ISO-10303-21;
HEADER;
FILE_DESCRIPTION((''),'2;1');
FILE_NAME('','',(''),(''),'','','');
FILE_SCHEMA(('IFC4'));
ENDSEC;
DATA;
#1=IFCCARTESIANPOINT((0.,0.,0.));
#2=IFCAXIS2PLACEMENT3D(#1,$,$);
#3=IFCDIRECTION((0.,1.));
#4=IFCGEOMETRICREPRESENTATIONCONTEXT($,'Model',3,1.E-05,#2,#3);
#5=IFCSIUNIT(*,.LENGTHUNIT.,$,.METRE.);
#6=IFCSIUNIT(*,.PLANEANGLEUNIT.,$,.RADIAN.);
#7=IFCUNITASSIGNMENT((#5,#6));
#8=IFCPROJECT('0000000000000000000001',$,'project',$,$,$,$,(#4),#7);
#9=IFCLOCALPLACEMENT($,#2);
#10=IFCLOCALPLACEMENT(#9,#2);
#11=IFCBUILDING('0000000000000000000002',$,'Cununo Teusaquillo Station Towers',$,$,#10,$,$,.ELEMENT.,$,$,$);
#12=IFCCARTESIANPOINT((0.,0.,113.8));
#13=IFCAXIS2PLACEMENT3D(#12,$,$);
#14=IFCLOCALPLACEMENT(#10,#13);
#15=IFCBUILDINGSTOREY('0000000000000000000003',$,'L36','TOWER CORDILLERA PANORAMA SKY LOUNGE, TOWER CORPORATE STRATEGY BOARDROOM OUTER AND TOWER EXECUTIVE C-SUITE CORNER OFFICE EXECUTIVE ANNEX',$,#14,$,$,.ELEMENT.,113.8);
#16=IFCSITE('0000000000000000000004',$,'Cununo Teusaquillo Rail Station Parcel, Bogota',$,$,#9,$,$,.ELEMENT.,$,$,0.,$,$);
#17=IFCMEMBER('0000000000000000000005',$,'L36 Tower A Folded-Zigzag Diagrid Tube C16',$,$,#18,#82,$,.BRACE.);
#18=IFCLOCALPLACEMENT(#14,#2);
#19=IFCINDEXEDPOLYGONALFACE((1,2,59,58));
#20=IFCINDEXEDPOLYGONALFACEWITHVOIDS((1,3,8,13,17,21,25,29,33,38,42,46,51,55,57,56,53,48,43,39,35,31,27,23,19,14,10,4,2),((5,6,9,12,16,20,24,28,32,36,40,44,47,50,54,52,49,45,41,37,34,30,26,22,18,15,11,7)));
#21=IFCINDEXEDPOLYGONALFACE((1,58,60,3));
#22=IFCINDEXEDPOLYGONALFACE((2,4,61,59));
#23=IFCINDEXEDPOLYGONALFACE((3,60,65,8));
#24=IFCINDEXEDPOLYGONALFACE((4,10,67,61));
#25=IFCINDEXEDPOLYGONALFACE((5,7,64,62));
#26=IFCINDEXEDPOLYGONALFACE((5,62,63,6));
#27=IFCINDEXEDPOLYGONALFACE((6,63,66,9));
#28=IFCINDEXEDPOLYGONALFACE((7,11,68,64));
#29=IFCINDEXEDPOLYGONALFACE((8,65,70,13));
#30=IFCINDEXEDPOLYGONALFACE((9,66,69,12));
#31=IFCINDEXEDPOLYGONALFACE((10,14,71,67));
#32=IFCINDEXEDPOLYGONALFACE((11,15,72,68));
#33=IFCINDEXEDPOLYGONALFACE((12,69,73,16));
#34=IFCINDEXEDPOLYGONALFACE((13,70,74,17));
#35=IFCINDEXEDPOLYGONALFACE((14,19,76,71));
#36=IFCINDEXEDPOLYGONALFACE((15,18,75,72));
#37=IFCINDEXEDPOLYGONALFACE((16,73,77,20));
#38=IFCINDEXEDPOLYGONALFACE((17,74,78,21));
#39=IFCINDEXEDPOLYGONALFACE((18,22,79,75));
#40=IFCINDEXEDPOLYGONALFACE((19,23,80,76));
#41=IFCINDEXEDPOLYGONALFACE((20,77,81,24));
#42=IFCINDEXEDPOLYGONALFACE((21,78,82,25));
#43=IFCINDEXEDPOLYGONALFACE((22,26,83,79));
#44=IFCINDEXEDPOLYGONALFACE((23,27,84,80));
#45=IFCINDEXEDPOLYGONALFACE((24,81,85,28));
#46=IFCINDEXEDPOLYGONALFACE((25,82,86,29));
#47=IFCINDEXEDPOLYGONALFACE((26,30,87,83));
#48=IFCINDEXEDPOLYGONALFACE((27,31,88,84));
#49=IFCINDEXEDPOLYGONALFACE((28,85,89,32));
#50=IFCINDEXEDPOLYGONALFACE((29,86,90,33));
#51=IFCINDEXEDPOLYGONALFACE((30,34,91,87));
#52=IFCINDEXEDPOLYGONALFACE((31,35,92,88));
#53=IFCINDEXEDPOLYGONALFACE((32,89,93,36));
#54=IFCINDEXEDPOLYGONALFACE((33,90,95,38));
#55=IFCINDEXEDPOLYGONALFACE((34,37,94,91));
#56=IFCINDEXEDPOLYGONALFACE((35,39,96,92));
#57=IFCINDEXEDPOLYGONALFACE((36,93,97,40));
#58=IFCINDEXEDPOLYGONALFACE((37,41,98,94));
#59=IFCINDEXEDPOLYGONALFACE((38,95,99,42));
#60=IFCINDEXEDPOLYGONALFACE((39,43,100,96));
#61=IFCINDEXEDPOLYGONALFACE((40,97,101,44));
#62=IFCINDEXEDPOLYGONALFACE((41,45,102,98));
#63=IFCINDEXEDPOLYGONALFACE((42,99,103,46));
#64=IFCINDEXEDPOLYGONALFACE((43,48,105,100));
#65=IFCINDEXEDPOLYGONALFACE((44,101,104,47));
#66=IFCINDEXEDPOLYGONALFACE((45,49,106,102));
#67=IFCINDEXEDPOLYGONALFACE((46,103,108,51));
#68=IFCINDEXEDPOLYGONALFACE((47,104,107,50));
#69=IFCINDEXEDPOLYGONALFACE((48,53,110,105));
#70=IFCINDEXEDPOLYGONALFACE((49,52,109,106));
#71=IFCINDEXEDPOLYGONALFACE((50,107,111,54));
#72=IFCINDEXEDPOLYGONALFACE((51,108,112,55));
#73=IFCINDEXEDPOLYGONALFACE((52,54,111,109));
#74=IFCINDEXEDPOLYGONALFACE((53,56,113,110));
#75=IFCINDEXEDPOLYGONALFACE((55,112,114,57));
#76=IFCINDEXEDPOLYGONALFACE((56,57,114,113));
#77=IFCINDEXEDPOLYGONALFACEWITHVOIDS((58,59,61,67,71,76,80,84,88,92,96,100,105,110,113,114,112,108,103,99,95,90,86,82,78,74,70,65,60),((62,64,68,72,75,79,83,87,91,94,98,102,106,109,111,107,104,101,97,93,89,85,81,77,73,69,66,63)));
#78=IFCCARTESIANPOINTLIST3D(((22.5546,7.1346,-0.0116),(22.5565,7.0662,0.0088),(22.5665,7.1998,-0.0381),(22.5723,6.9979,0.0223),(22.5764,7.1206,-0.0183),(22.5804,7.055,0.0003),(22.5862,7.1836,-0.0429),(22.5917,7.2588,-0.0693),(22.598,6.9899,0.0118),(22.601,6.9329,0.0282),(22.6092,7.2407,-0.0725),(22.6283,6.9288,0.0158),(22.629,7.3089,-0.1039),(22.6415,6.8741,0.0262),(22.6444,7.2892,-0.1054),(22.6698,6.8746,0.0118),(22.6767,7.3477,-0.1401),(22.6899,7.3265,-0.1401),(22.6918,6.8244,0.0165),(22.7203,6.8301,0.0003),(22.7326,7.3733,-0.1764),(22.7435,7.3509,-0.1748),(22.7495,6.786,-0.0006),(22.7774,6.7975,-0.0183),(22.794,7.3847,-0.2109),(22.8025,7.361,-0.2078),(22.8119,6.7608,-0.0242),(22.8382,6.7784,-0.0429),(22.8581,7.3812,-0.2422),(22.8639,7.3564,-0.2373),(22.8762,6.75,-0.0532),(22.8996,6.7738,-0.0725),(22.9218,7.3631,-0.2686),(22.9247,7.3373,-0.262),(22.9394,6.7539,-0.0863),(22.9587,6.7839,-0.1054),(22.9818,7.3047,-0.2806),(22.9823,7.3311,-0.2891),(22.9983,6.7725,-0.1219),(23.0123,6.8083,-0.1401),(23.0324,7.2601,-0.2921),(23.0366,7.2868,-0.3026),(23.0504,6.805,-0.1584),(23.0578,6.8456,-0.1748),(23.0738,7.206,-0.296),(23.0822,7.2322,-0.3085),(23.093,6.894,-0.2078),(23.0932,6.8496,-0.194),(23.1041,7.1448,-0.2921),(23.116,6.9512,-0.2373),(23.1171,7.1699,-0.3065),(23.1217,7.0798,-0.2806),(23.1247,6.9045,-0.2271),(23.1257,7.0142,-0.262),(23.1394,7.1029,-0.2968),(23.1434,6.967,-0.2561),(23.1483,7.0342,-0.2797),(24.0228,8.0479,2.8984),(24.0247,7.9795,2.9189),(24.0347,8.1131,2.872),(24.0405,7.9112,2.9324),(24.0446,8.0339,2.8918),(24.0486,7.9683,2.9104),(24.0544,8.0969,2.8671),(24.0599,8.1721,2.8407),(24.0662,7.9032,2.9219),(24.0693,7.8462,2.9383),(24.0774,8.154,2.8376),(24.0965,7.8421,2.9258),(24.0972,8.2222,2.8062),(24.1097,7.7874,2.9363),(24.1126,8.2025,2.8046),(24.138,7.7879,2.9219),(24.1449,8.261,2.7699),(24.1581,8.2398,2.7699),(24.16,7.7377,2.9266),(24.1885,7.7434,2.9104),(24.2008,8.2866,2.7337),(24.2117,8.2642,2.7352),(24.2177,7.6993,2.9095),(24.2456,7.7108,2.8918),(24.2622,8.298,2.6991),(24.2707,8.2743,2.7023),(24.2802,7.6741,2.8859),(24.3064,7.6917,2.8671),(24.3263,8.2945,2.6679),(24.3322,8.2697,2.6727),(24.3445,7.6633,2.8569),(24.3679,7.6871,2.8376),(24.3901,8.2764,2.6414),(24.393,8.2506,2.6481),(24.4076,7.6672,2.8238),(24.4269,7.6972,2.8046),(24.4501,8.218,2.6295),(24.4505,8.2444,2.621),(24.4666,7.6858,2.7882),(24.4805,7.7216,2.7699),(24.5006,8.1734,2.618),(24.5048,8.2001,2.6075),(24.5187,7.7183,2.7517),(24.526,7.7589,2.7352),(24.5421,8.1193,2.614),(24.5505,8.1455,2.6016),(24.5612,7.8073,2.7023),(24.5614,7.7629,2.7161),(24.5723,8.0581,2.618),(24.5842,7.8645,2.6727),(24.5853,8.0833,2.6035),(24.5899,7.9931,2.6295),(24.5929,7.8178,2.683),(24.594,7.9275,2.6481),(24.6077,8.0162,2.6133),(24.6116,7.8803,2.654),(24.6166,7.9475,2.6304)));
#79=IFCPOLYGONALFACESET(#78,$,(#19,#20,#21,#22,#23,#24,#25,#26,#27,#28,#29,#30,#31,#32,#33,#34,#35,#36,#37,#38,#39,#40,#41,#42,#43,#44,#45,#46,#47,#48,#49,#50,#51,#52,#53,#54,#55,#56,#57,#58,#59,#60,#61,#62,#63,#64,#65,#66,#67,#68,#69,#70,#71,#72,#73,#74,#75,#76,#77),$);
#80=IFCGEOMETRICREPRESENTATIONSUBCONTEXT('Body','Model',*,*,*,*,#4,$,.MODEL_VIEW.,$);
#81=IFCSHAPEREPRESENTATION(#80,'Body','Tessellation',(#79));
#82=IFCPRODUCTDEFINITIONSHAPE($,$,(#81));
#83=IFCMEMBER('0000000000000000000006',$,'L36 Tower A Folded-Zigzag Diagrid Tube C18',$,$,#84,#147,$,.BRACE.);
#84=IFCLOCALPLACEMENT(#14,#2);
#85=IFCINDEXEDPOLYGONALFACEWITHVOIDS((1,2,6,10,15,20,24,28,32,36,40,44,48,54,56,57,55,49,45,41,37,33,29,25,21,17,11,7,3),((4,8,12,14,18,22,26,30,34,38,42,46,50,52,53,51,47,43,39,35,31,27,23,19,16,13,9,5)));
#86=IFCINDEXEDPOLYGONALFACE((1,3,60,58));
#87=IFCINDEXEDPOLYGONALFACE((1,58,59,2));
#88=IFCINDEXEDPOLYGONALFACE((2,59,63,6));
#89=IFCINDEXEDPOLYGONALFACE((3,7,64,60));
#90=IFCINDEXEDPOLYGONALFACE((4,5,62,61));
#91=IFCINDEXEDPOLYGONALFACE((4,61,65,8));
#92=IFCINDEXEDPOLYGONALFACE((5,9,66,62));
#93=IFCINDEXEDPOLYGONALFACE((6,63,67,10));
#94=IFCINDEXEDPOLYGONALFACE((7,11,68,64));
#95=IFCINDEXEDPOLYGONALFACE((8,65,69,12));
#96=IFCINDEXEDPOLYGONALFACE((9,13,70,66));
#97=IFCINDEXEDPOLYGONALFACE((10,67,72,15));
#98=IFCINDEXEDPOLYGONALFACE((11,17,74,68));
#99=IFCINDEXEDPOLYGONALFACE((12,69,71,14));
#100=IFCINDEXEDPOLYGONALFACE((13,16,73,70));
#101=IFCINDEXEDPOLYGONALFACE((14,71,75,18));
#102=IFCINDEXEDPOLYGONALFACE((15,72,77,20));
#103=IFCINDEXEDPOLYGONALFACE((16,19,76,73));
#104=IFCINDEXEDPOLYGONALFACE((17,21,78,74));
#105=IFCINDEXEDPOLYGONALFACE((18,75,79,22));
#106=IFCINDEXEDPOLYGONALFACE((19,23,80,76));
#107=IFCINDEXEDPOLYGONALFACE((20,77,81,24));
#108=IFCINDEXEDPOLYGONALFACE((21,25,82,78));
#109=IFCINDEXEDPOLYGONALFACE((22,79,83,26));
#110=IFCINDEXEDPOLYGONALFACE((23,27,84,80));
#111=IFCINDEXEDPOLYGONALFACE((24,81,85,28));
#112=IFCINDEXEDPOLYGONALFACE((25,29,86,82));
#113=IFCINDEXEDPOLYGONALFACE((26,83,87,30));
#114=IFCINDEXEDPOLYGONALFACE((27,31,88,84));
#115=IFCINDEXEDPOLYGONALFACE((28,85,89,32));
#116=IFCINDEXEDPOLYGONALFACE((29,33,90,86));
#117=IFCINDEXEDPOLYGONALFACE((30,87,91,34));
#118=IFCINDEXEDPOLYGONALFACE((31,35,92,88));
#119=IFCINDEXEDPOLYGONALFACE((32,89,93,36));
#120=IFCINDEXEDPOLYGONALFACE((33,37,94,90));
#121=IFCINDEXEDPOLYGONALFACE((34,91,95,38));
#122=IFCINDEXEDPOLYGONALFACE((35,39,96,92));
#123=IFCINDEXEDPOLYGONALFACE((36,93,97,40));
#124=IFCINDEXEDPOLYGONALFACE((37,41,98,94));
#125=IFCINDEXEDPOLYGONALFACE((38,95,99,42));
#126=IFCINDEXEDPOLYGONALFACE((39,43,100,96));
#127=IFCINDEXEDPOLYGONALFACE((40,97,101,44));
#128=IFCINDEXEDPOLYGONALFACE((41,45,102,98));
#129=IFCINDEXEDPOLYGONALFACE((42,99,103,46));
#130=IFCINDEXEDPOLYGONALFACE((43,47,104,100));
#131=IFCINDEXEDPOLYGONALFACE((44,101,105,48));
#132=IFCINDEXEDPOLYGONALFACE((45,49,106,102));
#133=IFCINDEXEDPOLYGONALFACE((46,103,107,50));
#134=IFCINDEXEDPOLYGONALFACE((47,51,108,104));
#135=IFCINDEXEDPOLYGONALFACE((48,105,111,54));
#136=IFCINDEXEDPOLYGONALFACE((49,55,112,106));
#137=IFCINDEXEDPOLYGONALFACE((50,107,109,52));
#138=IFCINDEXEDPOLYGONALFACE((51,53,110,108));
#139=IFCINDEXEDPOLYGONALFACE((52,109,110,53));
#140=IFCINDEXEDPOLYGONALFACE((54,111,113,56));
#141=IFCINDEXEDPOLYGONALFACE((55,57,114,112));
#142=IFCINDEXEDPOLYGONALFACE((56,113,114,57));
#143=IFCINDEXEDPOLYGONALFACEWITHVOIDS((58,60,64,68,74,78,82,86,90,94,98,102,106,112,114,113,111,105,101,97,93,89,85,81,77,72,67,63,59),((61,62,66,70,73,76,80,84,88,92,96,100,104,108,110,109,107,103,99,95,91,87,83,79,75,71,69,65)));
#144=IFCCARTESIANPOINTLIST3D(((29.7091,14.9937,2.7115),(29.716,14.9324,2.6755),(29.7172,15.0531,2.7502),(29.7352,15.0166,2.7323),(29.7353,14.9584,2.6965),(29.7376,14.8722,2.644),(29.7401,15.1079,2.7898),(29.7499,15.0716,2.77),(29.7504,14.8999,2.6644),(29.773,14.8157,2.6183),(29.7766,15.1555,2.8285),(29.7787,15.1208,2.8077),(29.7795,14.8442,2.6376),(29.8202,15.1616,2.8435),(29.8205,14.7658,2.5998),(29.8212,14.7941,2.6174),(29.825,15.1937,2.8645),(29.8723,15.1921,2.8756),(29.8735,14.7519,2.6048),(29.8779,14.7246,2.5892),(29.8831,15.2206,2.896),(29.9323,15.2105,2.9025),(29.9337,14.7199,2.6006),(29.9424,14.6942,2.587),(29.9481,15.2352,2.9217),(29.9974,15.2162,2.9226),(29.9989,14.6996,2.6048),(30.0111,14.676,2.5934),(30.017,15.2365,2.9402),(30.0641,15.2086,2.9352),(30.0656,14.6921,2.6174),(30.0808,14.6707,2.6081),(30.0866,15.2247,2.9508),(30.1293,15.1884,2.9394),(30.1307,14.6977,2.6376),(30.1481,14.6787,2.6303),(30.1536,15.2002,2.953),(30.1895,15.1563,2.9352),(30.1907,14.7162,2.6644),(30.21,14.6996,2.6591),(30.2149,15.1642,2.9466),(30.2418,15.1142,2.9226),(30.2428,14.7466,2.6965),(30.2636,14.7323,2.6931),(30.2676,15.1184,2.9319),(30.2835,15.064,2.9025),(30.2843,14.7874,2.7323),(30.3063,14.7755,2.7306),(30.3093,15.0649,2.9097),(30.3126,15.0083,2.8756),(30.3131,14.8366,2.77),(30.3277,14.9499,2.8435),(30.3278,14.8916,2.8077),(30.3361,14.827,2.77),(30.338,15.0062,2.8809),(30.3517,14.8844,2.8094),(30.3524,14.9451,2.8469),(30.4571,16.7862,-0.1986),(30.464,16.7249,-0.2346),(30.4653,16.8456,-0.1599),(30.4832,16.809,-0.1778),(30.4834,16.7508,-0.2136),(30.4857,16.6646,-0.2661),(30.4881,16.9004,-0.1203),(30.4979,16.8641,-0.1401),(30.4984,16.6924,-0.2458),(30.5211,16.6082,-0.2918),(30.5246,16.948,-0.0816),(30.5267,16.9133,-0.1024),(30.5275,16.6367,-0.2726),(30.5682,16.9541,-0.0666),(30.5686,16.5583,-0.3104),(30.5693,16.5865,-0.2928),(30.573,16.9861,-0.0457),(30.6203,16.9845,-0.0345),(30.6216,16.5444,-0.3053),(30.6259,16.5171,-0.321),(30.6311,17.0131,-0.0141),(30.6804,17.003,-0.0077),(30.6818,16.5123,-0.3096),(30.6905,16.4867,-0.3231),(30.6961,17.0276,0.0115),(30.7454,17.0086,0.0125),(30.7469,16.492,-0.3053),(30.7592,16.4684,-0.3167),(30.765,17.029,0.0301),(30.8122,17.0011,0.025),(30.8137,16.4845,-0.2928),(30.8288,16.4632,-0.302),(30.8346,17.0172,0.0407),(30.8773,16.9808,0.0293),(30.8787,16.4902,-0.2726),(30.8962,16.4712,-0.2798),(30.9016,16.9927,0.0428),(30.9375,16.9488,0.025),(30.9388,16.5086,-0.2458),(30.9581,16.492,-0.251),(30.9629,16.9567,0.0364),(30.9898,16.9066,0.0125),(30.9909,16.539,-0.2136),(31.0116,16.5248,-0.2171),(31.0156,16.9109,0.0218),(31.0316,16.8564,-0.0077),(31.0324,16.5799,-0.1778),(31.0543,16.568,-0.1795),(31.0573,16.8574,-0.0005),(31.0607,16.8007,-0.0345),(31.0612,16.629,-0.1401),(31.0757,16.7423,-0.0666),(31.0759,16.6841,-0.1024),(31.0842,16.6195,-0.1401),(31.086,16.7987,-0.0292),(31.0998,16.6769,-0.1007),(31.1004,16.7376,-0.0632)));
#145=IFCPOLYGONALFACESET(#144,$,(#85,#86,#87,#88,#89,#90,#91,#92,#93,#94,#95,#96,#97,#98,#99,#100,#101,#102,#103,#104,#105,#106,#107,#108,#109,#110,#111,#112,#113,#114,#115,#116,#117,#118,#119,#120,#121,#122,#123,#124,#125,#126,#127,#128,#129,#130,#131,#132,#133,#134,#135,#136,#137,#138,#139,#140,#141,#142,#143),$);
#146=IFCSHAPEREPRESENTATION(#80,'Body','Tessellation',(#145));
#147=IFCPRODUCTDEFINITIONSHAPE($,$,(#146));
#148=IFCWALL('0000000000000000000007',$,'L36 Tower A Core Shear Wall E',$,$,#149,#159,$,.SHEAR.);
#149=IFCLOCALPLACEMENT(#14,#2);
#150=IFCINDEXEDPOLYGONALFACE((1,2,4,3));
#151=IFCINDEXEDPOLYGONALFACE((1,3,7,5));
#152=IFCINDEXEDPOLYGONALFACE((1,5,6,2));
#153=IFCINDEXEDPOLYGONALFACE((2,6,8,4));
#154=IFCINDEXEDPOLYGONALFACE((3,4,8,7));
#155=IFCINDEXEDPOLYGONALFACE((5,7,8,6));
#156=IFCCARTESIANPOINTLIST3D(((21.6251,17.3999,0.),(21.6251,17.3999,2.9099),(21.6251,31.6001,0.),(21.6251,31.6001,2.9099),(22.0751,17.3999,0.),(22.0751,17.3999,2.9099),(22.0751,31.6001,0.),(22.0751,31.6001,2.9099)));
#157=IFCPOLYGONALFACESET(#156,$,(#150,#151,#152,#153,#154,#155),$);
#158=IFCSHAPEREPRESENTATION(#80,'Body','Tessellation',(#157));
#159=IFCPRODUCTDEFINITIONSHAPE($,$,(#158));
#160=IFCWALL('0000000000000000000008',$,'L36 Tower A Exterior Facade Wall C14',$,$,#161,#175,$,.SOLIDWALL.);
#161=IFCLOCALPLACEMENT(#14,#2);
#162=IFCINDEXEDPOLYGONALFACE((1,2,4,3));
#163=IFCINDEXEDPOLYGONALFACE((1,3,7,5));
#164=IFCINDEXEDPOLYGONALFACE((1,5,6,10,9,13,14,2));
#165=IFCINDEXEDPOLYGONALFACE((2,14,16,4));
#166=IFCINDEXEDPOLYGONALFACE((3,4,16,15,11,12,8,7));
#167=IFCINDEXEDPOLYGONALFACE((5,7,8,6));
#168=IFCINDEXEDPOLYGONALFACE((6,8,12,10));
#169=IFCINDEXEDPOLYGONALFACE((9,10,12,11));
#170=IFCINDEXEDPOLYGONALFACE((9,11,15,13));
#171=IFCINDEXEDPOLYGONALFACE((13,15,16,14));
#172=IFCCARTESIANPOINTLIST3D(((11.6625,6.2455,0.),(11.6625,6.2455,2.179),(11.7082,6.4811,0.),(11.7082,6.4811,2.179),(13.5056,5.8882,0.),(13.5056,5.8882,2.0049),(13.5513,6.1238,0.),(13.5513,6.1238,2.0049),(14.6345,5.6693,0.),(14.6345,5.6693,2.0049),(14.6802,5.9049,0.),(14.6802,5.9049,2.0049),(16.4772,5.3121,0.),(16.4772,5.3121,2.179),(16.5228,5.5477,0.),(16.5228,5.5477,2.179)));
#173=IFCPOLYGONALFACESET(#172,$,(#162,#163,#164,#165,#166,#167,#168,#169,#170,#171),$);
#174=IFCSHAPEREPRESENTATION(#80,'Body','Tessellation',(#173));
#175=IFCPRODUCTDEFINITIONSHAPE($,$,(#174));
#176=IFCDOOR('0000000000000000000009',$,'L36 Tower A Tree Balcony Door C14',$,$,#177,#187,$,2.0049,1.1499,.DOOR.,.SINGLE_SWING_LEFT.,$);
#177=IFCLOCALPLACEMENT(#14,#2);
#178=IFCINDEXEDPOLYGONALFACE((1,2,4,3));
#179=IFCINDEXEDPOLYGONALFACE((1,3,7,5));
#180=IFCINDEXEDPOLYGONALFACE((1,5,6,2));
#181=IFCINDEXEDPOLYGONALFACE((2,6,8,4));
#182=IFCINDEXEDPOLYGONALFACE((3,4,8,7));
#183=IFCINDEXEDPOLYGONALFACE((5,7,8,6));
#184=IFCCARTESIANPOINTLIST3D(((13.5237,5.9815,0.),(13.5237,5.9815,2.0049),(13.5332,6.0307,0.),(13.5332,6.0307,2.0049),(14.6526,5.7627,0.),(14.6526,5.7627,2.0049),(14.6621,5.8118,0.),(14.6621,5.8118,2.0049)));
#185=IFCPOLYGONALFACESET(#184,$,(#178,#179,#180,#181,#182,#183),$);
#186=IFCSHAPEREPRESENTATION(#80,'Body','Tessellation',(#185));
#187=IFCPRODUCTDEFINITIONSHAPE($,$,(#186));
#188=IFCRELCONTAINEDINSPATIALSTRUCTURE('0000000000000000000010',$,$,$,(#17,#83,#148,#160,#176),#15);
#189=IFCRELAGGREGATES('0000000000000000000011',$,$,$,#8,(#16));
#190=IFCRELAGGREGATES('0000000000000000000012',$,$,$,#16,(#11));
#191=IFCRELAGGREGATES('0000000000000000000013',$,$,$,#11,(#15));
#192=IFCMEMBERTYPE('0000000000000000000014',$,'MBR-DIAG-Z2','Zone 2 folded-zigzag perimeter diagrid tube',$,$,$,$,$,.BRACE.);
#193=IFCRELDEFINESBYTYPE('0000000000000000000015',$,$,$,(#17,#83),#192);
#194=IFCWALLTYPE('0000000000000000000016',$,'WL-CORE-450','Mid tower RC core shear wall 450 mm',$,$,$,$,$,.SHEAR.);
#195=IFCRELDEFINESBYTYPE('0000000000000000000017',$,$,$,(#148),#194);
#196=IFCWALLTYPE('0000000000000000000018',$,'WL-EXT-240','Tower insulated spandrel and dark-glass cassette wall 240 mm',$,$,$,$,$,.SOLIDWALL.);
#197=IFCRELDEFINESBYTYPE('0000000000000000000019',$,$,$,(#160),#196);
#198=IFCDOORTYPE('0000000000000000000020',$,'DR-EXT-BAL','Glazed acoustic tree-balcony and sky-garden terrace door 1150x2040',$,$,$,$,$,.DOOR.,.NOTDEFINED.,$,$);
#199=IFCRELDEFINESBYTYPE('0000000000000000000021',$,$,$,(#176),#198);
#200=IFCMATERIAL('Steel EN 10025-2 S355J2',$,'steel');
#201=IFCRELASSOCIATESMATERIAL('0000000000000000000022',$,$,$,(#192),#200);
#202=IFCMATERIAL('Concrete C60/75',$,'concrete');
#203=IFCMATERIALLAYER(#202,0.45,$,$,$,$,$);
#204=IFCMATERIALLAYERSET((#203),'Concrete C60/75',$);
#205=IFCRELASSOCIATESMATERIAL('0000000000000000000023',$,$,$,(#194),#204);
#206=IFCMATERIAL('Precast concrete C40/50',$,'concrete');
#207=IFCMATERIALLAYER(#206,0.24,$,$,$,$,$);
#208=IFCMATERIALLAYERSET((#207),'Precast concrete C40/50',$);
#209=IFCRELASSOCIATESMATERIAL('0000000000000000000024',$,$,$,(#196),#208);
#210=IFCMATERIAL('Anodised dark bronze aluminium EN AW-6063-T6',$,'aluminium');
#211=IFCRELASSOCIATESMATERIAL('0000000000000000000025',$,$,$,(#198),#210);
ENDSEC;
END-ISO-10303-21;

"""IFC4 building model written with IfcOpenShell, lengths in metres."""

from ifc_helpers import new_model, si_unit, direction, frame, frame_2d, origin, origin_2d, place, context, subcontext, project, spatial, rectangle, hollow_circle, extrude, source, transform, mapped, material, layer, layer_set, material_profile, profile_set, type_object, element, fill, save


model = new_model("IFC4")

# Units and contexts
model_context = context("Model", 3, precision=1e-05, world=origin(), true_north=direction((0.0, 1.0)))
body_context = subcontext(model_context, "Body", "Model", "MODEL_VIEW")
ifc_project = project(units=[si_unit("LENGTHUNIT", "METRE"), si_unit("PLANEANGLEUNIT", "RADIAN")], contexts=[model_context])

# Site, building, storey
site_placement = place(None, origin())
site = spatial("IfcSite", under=ifc_project, at=site_placement, Name="Cununo Teusaquillo Rail Station Parcel, Bogota", CompositionType="ELEMENT", RefElevation=0.0)
building_placement = place(site_placement, origin())
building = spatial("IfcBuilding", under=site, at=building_placement, Name="Cununo Teusaquillo Station Towers", CompositionType="ELEMENT")
storey_placement = place(building_placement, frame((0.0, 0.0, 113.8)))
storey = spatial("IfcBuildingStorey", under=building, at=storey_placement, Name="L36", Description="TOWER CORDILLERA PANORAMA SKY LOUNGE, TOWER CORPORATE STRATEGY BOARDROOM OUTER AND TOWER EXECUTIVE C-SUITE CORNER OFFICE EXECUTIVE ANNEX", CompositionType="ELEMENT", Elevation=113.8)

# Members
ifc_material_1 = material(Name="Steel EN 10025-2 S355J2", Category="steel")
ifc_material_profile_1 = material_profile(ifc_material_1, hollow_circle(Radius=0.3301, WallThickness=0.0249, at=origin_2d()), Name="CHS 660x25")
ifc_profile_set_1 = profile_set([ifc_material_profile_1], Name="Steel EN 10025-2 S355J2")
member_type = type_object("IfcMemberType", Name="MBR-DIAG-Z2", Description="Zone 2 folded-zigzag perimeter diagrid tube", PredefinedType="BRACE", material=ifc_profile_set_1)
member_1_placement = place(storey_placement, frame((22.8511, 7.0674, -0.1401), z_axis=(0.433741, 0.269808, 0.859693), x_axis=(-0.528196, 0.849123, 0.0)))
element("IfcMember", 1, at=member_1_placement, inside=storey, type_object=member_type, Name="L36 Tower A Folded-Zigzag Diagrid Tube C16", PredefinedType="BRACE", context=body_context, shape_type="SweptSolid", body=[
    extrude(hollow_circle(Radius=0.3301, WallThickness=0.0249, at=origin_2d()), origin(), (0.0, 0.0, 1.0), 3.385),
])
member_2_placement = place(storey_placement, frame((30.7795, 16.7466, -0.1401), z_axis=(-0.213801, -0.512314, 0.831759), x_axis=(0.922861, -0.385133, 0.0)))
element("IfcMember", 2, at=member_2_placement, inside=storey, type_object=member_type, Name="L36 Tower A Folded-Zigzag Diagrid Tube C18", PredefinedType="BRACE", context=body_context, shape_type="SweptSolid", body=[
    extrude(hollow_circle(Radius=0.3301, WallThickness=0.0249, at=origin_2d()), origin(), (0.0, 0.0, 1.0), 3.4988),
])

# Wall
ifc_material_2 = material(Name="Concrete C60/75", Category="concrete")
ifc_layer_1 = layer(ifc_material_2, 0.45)
ifc_layer_set_1 = layer_set([ifc_layer_1], Name="Concrete C60/75")
wall_type_1 = type_object("IfcWallType", Name="WL-CORE-450", Description="Mid tower RC core shear wall 450 mm", PredefinedType="SHEAR", material=ifc_layer_set_1)
wall_1_placement = place(storey_placement, frame((21.8501, 17.3999, 0.0), z_axis=(0.0, 0.0, 1.0), x_axis=(0.0, 1.0, 0.0)))
element("IfcWall", 3, at=wall_1_placement, inside=storey, type_object=wall_type_1, Name="L36 Tower A Core Shear Wall E", PredefinedType="SHEAR", context=body_context, shape_type="SweptSolid", body=[
    extrude(rectangle(XDim=14.2002, YDim=0.45, at=frame_2d((7.1001, 0.0))), origin(), (0.0, 0.0, 1.0), 2.9099),
])

# Wall, opening, door
ifc_material_3 = material(Name="Precast concrete C40/50", Category="concrete")
ifc_layer_2 = layer(ifc_material_3, 0.24)
ifc_layer_set_2 = layer_set([ifc_layer_2], Name="Precast concrete C40/50")
wall_type_2 = type_object("IfcWallType", Name="WL-EXT-240", Description="Tower insulated spandrel and dark-glass cassette wall 240 mm", PredefinedType="SOLIDWALL", material=ifc_layer_set_2)
wall_2_placement = place(storey_placement, frame((16.5, 5.4299, 0.0), z_axis=(0.0, 0.0, 1.0), x_axis=(-0.981724, 0.190311, 0.0)))
wall_2 = element("IfcWall", 4, at=wall_2_placement, inside=storey, type_object=wall_type_2, Name="L36 Tower A Exterior Facade Wall C14", PredefinedType="SOLIDWALL", context=body_context, shape_type="SweptSolid", body=[
    extrude(rectangle(XDim=4.9043, YDim=0.24, at=frame_2d((2.4521, 0.0))), origin(), (0.0, 0.0, 1.0), 2.179),
])
shared_shape_1 = source(origin(), body_context, "Body", "SweptSolid", [
    extrude(rectangle(XDim=1.1499, YDim=2.0049, at=frame_2d((0.575, 1.0024))), frame((0.0, 0.1299, 0.0), z_axis=(0.0, -1.0, 0.0), x_axis=(1.0, 0.0, 0.0)), (0.0, 0.0, 1.0), 0.26),
])
opening_1_placement = place(wall_2_placement, frame((1.877, 0.0, 0.0)))
opening_1 = element("IfcOpeningElement", 5, at=opening_1_placement, cuts=wall_2, PredefinedType="OPENING", context=body_context, shape_type="MappedRepresentation", body=[
    mapped(shared_shape_1, transform((0.0, 0.0, 0.0), x_axis=(1.0, 0.0, 0.0), y_axis=(0.0, 1.0, 0.0), z_axis=(0.0, 0.0, 1.0), scale=1.0)),
])
ifc_material_4 = material(Name="Anodised dark bronze aluminium EN AW-6063-T6", Category="aluminium")
door_type_1 = type_object("IfcDoorType", Name="DR-EXT-BAL", Description="Glazed acoustic tree-balcony and sky-garden terrace door 1150x2040", OperationType="NOTDEFINED", PredefinedType="DOOR", material=ifc_material_4)
shared_shape_2 = source(origin(), body_context, "Body", "SweptSolid", [
    extrude(rectangle(XDim=1.1499, YDim=2.0049, at=frame_2d((0.575, 1.0024))), frame((0.0, 0.0249, 0.0), z_axis=(0.0, -1.0, 0.0), x_axis=(1.0, 0.0, 0.0)), (0.0, 0.0, 1.0), 0.05),
])
door_1_placement = place(opening_1_placement, origin())
door_1 = element("IfcDoor", 6, at=door_1_placement, inside=storey, type_object=door_type_1, Name="L36 Tower A Tree Balcony Door C14", OperationType="SINGLE_SWING_LEFT", OverallHeight=2.0049, OverallWidth=1.1499, PredefinedType="DOOR", context=body_context, shape_type="MappedRepresentation", body=[
    mapped(shared_shape_2, transform((0.0, 0.0, 0.0), x_axis=(1.0, 0.0, 0.0), y_axis=(0.0, 1.0, 0.0), z_axis=(0.0, 0.0, 1.0), scale=1.0)),
])
fill(opening_1, door_1)

save(model, "model.ifc")
